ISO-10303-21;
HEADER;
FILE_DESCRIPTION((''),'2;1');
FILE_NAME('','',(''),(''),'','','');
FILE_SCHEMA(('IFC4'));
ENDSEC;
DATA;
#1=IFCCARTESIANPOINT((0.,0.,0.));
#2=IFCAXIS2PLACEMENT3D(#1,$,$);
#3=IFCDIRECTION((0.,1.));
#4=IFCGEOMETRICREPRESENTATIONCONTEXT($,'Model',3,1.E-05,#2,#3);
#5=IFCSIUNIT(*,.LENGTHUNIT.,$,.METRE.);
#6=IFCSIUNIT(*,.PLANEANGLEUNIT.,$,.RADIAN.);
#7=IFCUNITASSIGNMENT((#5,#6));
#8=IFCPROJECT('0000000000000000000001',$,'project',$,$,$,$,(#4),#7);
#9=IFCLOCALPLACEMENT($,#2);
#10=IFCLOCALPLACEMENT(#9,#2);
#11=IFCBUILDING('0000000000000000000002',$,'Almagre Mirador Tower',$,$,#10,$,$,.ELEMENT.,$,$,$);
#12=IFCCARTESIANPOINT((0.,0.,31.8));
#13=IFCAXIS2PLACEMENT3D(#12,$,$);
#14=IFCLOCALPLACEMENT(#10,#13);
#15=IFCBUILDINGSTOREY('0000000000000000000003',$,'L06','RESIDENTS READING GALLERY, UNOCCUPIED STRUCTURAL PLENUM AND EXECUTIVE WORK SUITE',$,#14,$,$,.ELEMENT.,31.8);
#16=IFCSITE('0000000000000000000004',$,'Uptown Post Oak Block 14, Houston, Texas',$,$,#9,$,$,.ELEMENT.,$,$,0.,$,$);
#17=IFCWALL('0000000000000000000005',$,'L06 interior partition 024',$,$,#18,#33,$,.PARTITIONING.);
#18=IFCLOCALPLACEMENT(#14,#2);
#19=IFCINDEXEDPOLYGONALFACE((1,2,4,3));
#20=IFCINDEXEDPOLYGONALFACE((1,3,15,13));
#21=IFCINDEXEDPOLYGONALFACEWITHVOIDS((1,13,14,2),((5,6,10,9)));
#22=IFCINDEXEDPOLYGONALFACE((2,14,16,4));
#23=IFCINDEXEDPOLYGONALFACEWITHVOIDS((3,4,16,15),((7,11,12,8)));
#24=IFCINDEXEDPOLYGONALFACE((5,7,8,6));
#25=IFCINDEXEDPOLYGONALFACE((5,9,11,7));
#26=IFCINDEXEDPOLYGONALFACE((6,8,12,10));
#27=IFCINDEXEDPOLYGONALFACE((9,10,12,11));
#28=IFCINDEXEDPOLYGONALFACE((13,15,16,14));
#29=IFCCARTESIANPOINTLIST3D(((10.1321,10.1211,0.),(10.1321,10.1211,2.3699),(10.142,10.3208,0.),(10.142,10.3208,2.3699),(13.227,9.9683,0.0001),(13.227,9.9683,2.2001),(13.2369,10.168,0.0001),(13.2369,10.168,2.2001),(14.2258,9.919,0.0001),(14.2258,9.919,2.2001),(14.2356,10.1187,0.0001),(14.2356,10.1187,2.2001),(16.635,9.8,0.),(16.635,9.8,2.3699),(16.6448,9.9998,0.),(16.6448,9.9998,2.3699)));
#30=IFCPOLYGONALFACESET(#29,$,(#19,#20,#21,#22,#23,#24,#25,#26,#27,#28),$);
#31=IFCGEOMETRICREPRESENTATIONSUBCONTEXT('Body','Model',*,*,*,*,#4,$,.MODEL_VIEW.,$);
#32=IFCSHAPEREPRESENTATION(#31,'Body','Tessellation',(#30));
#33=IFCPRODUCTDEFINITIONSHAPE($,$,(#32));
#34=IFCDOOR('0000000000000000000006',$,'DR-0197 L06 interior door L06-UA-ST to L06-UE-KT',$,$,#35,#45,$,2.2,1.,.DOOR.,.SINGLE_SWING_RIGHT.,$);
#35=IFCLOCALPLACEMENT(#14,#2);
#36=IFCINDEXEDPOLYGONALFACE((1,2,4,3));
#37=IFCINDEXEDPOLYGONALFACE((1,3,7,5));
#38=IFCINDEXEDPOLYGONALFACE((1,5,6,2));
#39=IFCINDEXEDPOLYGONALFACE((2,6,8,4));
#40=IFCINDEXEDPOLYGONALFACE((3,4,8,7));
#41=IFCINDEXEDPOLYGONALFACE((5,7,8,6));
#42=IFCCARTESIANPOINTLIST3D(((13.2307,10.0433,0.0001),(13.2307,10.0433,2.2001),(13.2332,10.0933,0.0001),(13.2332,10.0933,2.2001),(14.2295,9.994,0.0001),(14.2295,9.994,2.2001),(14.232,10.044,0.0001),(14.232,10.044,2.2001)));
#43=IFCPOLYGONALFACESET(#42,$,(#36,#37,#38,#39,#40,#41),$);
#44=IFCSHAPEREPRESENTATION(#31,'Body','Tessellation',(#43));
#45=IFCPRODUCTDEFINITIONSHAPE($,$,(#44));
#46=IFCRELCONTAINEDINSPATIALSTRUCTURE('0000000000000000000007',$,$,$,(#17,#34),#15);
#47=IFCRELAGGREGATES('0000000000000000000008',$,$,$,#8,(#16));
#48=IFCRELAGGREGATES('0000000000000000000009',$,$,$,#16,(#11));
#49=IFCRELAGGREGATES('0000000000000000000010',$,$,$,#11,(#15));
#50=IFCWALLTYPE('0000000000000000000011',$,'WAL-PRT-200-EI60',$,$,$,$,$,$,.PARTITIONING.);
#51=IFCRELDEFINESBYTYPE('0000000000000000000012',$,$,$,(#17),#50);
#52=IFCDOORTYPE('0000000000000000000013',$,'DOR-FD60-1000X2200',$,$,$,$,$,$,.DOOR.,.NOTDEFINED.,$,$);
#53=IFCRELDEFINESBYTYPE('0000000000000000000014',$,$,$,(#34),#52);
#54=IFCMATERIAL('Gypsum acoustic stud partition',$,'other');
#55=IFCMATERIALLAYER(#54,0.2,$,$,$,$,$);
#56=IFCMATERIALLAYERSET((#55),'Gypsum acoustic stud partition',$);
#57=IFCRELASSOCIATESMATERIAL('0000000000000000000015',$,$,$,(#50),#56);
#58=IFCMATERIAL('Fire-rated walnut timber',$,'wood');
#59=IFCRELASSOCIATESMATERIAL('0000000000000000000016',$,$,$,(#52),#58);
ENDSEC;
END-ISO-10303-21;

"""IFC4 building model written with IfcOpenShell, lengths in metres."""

from ifc_helpers import new_model, si_unit, direction, frame, frame_2d, origin, place, context, subcontext, project, spatial, rectangle, extrude, material, layer, layer_set, type_object, element, fill, save


model = new_model("IFC4")

# Units and contexts
model_context = context("Model", 3, precision=1e-05, world=origin(), true_north=direction((0.0, 1.0)))
body_context = subcontext(model_context, "Body", "Model", "MODEL_VIEW")
ifc_project = project(units=[si_unit("LENGTHUNIT", "METRE"), si_unit("PLANEANGLEUNIT", "RADIAN")], contexts=[model_context])

# Site, building, storey
site_placement = place(None, origin())
site = spatial("IfcSite", under=ifc_project, at=site_placement, Name="Uptown Post Oak Block 14, Houston, Texas", CompositionType="ELEMENT", RefElevation=0.0)
building_placement = place(site_placement, origin())
building = spatial("IfcBuilding", under=site, at=building_placement, Name="Almagre Mirador Tower", CompositionType="ELEMENT")
storey_placement = place(building_placement, frame((0.0, 0.0, 31.8)))
storey = spatial("IfcBuildingStorey", under=building, at=storey_placement, Name="L06", Description="RESIDENTS READING GALLERY, UNOCCUPIED STRUCTURAL PLENUM AND EXECUTIVE WORK SUITE", CompositionType="ELEMENT", Elevation=31.8)

# Shared definitions
ifc_material_1 = material(Name="Gypsum acoustic stud partition", Category="other")
ifc_layer_1 = layer(ifc_material_1, 0.2)
ifc_layer_set_1 = layer_set([ifc_layer_1], Name="Gypsum acoustic stud partition")
wall_type_1 = type_object("IfcWallType", Name="WAL-PRT-200-EI60", PredefinedType="PARTITIONING", material=ifc_layer_set_1)

# Wall, opening, door
wall_1_placement = place(storey_placement, frame((16.6399, 9.8999, 0.0), z_axis=(0.0, 0.0, 1.0), x_axis=(-0.998784, 0.049309, 0.0)))
wall_1 = element("IfcWall", 1, at=wall_1_placement, inside=storey, type_object=wall_type_1, Name="L06 interior partition 024", PredefinedType="PARTITIONING", context=body_context, shape_type="SweptSolid", body=[
    extrude(rectangle(XDim=6.5107, YDim=0.2, at=frame_2d((3.2554, 0.0))), origin(), (0.0, 0.0, 1.0), 2.3699),
])
opening_1_placement = place(wall_1_placement, frame((2.4121, 0.0, 0.0)))
opening_1 = element("IfcOpeningElement", 2, at=opening_1_placement, cuts=wall_1, PredefinedType="OPENING", context=body_context, shape_type="SweptSolid", body=[
    extrude(rectangle(XDim=1.0, YDim=2.2, at=frame_2d((0.5, 1.1001))), frame((0.0, 0.1101, 0.0), z_axis=(0.0, -1.0, 0.0), x_axis=(1.0, 0.0, 0.0)), (0.0, 0.0, 1.0), 0.22),
])
ifc_material_2 = material(Name="Fire-rated walnut timber", Category="wood")
door_type_1 = type_object("IfcDoorType", Name="DOR-FD60-1000X2200", OperationType="NOTDEFINED", PredefinedType="DOOR", material=ifc_material_2)
door_1_placement = place(opening_1_placement, origin())
door_1 = element("IfcDoor", 3, at=door_1_placement, inside=storey, type_object=door_type_1, Name="DR-0197 L06 interior door L06-UA-ST to L06-UE-KT", OperationType="SINGLE_SWING_RIGHT", OverallHeight=2.2, OverallWidth=1.0, PredefinedType="DOOR", context=body_context, shape_type="SweptSolid", body=[
    extrude(rectangle(XDim=1.0, YDim=2.2, at=frame_2d((0.5, 1.1001))), frame((0.0, 0.0249, 0.0), z_axis=(0.0, -1.0, 0.0), x_axis=(1.0, 0.0, 0.0)), (0.0, 0.0, 1.0), 0.05),
])
fill(opening_1, door_1)

save(model, "model.ifc")
